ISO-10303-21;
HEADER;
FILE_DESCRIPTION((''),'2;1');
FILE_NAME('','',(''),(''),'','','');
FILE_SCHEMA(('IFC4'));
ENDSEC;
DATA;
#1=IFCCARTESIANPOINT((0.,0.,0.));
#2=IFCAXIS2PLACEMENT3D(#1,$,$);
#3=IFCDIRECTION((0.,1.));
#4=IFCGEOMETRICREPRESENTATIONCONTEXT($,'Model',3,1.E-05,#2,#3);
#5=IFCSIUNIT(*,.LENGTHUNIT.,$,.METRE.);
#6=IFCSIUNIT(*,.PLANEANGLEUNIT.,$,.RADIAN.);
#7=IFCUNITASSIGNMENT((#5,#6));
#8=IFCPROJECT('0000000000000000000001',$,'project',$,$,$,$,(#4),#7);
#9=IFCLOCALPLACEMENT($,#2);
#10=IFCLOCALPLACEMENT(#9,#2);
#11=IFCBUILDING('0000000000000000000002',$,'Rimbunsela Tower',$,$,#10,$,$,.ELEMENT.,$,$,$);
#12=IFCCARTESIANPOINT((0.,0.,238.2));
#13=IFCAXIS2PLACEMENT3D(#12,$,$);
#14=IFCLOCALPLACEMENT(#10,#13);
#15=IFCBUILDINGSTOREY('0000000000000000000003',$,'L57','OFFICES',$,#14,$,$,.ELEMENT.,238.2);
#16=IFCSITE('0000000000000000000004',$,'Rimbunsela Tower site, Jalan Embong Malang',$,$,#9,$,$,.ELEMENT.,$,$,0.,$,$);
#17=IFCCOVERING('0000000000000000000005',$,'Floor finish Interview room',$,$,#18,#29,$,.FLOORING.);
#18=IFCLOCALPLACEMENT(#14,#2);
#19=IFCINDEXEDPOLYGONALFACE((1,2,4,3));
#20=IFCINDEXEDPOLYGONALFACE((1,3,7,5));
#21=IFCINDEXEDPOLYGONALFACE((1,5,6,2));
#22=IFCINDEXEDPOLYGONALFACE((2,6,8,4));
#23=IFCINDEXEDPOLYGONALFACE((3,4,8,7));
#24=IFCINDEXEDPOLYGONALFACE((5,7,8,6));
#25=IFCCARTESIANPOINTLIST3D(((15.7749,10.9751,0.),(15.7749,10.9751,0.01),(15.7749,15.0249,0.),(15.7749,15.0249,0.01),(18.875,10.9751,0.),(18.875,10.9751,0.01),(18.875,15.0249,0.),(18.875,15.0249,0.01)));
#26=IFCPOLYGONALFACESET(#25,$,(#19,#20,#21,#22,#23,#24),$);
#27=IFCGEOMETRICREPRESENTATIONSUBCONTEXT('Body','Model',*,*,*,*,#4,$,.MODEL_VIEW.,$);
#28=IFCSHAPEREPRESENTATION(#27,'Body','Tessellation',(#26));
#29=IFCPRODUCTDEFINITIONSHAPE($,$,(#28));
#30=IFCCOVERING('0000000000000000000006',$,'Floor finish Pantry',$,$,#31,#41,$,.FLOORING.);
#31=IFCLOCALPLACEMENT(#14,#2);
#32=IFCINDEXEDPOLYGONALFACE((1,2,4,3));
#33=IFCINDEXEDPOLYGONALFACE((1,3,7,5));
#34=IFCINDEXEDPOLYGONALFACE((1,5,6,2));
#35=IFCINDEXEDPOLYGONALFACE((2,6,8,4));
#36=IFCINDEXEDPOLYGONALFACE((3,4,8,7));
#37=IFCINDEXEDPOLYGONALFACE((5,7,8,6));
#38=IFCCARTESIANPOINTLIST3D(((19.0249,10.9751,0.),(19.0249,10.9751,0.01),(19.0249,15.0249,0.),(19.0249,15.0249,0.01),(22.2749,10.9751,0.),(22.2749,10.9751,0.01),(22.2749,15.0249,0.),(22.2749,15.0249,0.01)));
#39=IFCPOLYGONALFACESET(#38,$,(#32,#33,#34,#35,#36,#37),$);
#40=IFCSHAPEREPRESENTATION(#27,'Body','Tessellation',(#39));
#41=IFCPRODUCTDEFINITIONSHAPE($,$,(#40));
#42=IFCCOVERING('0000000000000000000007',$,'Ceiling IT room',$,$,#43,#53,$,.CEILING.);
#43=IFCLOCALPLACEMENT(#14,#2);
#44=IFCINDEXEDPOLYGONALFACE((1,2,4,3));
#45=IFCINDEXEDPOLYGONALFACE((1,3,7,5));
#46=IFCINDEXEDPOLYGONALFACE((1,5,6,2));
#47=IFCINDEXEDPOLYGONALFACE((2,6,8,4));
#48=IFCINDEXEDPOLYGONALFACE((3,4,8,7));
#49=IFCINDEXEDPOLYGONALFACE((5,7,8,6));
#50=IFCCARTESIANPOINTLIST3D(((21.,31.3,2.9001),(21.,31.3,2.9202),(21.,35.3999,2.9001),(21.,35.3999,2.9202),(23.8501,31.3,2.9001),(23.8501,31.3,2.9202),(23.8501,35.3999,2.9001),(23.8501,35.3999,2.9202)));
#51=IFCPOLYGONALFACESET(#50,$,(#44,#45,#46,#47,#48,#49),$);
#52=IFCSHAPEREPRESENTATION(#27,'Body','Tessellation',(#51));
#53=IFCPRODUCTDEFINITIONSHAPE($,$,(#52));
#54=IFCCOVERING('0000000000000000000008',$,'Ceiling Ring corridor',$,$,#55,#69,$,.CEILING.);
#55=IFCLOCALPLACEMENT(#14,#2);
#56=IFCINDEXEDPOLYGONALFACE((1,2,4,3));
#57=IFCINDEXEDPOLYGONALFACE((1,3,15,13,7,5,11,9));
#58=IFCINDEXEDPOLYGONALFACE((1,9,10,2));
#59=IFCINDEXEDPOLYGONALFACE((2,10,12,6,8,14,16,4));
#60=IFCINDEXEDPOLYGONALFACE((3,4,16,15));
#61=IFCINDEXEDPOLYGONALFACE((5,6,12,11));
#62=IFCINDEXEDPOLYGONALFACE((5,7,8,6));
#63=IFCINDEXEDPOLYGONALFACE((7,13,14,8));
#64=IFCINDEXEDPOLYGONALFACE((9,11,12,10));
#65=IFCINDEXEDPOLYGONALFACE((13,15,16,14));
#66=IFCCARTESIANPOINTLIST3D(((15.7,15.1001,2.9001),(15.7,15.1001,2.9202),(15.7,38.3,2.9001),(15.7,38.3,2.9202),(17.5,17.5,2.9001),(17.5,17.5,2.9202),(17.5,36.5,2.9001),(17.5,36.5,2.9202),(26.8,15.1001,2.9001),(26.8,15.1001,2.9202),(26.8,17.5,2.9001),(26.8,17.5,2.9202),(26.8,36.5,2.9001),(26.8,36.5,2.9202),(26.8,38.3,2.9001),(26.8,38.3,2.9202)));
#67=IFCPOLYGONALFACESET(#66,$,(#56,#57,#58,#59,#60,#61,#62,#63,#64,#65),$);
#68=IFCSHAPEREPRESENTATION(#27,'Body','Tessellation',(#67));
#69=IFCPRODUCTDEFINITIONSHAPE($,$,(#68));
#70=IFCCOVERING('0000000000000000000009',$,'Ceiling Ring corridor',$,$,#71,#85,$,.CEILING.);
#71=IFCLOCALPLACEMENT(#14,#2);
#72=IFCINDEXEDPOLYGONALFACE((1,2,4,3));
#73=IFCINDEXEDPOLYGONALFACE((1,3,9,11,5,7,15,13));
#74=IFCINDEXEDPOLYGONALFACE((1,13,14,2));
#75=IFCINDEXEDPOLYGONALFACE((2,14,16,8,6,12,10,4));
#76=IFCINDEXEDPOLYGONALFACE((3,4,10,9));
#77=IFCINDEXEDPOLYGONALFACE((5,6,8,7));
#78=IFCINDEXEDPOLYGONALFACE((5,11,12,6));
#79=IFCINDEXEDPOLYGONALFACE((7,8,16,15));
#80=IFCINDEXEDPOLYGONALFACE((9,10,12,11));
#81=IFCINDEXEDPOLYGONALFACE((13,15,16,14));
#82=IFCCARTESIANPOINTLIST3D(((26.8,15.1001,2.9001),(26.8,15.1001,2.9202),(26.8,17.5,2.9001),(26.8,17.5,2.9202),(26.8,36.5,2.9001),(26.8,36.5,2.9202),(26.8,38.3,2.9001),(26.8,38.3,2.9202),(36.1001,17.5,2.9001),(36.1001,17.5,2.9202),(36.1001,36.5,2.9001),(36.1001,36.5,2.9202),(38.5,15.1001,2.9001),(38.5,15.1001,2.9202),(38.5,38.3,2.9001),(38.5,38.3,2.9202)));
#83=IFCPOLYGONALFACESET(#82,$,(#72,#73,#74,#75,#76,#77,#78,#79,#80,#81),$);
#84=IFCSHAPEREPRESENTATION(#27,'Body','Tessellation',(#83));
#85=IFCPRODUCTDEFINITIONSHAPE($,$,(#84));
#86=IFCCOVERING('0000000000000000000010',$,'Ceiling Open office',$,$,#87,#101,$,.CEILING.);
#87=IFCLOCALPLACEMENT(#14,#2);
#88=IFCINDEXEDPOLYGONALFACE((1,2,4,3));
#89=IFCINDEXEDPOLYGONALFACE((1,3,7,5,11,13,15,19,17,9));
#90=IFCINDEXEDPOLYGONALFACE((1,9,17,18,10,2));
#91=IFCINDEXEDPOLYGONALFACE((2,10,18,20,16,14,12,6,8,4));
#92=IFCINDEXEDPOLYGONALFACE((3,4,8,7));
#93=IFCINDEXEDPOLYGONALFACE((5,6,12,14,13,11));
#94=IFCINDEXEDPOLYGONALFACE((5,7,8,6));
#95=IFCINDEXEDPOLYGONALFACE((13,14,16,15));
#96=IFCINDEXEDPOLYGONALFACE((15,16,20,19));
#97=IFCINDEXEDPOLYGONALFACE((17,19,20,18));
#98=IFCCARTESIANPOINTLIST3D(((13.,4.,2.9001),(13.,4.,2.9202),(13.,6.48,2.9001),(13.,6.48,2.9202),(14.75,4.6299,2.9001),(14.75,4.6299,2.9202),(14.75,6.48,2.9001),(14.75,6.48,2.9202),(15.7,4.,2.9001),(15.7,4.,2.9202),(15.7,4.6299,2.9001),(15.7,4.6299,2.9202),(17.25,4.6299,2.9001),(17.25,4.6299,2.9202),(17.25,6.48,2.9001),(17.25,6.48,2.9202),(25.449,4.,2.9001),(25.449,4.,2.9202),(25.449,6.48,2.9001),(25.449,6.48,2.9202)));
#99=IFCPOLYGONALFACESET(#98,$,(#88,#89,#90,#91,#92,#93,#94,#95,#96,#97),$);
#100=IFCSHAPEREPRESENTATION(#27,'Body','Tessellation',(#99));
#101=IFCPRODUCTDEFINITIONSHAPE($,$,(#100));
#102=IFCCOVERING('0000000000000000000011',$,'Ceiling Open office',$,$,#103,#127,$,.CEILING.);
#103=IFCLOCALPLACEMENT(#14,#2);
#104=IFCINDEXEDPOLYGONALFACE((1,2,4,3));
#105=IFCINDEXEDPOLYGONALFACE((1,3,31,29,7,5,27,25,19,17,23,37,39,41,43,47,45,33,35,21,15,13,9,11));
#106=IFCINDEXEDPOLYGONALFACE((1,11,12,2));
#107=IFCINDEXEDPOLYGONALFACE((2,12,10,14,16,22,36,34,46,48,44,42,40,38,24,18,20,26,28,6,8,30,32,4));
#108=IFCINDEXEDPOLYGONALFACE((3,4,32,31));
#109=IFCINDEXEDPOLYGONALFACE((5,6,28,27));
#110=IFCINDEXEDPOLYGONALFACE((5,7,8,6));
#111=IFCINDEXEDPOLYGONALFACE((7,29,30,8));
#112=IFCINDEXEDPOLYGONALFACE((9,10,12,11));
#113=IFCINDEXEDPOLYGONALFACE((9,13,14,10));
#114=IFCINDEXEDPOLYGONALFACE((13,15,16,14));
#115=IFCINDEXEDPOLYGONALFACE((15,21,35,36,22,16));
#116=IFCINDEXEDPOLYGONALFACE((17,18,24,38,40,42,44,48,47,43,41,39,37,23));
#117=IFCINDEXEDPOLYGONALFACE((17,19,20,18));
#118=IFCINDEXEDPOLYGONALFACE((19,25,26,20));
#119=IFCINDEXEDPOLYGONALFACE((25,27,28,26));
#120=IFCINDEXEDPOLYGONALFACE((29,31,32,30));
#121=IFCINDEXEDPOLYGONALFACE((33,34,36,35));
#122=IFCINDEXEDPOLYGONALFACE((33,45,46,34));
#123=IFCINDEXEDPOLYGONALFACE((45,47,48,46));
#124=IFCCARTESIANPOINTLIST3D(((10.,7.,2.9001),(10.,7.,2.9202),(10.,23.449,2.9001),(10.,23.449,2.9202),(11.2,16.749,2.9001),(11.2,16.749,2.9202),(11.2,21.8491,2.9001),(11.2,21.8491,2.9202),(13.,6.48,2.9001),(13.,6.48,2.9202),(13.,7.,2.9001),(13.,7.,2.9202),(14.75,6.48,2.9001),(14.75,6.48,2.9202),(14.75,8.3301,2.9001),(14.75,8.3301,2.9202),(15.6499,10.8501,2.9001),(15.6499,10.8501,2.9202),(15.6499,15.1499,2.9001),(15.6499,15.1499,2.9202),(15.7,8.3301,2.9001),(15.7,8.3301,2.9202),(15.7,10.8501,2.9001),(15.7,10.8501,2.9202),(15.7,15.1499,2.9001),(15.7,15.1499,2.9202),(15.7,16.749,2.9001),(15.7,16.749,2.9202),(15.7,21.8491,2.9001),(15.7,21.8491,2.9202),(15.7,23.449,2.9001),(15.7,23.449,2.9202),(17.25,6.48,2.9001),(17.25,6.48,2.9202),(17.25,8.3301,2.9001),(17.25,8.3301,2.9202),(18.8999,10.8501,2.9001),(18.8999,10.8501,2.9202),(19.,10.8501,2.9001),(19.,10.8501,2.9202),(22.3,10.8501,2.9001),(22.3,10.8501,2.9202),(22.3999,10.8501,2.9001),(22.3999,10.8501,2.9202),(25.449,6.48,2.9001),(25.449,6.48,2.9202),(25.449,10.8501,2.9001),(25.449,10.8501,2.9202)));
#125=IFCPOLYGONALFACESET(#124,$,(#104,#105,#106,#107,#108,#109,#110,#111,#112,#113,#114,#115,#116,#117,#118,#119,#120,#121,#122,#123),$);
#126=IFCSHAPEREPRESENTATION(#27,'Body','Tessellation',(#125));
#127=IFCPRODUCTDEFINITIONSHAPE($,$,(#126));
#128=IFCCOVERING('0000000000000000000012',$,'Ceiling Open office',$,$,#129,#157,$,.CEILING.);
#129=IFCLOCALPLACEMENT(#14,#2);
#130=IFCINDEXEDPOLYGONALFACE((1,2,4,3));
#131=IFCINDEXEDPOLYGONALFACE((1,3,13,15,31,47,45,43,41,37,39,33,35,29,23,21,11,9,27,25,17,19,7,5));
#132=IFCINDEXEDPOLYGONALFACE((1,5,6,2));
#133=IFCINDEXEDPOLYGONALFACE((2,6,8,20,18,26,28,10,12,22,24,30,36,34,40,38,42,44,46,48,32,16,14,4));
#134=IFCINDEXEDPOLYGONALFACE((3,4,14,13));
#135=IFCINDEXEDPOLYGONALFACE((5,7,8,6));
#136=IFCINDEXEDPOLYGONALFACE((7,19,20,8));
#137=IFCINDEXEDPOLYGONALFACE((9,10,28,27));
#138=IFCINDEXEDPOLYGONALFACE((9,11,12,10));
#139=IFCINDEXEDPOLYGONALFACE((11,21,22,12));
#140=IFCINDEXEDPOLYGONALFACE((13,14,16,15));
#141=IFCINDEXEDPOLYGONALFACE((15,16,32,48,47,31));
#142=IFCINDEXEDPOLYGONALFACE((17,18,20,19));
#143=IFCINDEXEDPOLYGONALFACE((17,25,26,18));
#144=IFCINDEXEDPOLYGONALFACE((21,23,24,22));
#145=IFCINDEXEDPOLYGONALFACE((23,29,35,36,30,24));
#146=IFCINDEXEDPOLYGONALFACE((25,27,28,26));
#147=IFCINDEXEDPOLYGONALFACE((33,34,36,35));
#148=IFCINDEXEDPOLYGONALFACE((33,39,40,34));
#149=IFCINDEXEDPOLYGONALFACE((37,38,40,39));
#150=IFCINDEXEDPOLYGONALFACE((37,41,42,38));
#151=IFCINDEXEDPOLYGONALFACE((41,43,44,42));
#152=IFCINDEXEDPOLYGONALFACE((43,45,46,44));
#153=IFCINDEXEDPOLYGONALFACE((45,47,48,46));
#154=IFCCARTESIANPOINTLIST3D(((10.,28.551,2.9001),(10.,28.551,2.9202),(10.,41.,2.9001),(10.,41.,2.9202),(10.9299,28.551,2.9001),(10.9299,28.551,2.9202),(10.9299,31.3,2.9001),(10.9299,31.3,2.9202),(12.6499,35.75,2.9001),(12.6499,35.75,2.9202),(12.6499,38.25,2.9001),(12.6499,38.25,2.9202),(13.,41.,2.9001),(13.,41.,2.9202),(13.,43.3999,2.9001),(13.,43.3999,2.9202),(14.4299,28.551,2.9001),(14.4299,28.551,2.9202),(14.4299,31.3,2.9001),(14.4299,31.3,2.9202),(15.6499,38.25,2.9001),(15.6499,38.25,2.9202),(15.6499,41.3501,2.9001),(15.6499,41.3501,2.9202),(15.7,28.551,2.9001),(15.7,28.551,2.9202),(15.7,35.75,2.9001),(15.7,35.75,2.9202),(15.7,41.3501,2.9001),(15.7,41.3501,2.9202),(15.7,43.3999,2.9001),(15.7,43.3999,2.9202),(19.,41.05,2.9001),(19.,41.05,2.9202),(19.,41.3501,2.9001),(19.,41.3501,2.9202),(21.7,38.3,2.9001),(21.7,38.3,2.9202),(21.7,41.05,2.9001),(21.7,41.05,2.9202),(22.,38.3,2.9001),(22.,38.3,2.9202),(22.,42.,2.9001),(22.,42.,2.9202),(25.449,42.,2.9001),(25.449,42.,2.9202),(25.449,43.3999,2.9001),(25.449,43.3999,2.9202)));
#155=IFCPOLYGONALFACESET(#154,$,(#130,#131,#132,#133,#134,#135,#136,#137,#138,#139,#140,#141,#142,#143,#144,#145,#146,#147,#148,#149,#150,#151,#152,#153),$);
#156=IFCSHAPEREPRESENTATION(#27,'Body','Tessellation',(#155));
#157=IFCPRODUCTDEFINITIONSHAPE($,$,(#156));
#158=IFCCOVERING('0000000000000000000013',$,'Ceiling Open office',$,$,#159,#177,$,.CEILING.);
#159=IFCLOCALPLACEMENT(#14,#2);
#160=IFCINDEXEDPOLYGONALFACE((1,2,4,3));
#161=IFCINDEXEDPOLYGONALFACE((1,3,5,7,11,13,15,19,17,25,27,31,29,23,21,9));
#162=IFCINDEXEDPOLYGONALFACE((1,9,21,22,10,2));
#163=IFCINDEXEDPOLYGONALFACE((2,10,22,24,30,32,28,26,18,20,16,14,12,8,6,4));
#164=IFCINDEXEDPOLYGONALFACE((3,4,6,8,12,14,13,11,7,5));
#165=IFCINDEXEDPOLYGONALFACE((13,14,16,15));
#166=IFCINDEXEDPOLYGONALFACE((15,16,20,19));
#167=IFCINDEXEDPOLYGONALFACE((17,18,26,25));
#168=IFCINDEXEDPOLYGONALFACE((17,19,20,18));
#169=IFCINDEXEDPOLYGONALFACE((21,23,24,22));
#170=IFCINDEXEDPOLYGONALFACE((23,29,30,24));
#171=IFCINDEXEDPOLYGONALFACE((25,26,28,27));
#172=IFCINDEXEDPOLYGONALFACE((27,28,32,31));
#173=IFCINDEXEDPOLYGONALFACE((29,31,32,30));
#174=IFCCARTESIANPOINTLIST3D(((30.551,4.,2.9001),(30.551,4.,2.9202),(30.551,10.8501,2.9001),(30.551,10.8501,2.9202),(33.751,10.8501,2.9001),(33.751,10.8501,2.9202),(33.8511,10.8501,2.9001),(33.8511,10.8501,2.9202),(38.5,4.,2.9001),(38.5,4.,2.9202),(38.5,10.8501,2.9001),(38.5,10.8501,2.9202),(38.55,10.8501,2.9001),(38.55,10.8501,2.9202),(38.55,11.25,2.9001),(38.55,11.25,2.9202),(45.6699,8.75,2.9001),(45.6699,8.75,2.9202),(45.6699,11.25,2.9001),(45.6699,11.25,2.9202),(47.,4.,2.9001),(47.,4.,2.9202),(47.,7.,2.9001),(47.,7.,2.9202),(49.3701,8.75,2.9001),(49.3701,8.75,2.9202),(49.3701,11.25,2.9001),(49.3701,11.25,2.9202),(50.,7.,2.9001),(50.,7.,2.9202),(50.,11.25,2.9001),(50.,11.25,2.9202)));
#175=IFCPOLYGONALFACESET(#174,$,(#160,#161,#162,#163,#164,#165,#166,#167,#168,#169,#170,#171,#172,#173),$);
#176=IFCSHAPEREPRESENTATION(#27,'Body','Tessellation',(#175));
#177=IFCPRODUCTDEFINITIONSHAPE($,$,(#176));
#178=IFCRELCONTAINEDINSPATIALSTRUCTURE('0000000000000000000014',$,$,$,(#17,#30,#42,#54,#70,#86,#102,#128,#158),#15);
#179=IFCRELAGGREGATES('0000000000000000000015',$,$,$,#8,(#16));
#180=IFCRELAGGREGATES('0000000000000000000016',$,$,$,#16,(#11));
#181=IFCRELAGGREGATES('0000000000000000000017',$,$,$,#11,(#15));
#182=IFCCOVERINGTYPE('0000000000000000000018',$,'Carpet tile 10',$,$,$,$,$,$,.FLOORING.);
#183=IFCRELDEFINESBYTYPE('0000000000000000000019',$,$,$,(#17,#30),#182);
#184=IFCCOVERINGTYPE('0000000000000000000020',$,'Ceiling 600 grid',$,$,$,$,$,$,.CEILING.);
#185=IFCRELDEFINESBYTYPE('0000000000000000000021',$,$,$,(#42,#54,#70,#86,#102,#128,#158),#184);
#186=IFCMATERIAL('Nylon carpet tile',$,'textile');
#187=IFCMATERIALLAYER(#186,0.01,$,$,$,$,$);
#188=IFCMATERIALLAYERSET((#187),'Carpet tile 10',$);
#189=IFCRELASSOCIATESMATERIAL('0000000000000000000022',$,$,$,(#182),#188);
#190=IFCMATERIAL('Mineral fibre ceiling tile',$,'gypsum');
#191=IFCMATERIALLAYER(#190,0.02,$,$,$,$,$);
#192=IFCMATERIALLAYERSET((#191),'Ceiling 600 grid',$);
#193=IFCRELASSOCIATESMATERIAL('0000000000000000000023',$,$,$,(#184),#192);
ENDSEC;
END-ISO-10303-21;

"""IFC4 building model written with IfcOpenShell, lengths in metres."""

from ifc_helpers import new_model, si_unit, direction, frame, origin, place, context, subcontext, project, spatial, polyline, outline, extrude, material, layer, layer_set, type_object, element, save


model = new_model("IFC4")

# Units and contexts
model_context = context("Model", 3, precision=1e-05, world=origin(), true_north=direction((0.0, 1.0)))
body_context = subcontext(model_context, "Body", "Model", "MODEL_VIEW")
ifc_project = project(units=[si_unit("LENGTHUNIT", "METRE"), si_unit("PLANEANGLEUNIT", "RADIAN")], contexts=[model_context])

# Site, building, storey
site_placement = place(None, origin())
site = spatial("IfcSite", under=ifc_project, at=site_placement, Name="Rimbunsela Tower site, Jalan Embong Malang", CompositionType="ELEMENT", RefElevation=0.0)
building_placement = place(site_placement, origin())
building = spatial("IfcBuilding", under=site, at=building_placement, Name="Rimbunsela Tower", CompositionType="ELEMENT")
storey_placement = place(building_placement, frame((0.0, 0.0, 238.2)))
storey = spatial("IfcBuildingStorey", under=building, at=storey_placement, Name="L57", Description="OFFICES", CompositionType="ELEMENT", Elevation=238.2)

# Coverings
ifc_material_1 = material(Name="Nylon carpet tile", Category="textile")
ifc_layer_1 = layer(ifc_material_1, 0.01)
ifc_layer_set_1 = layer_set([ifc_layer_1], Name="Carpet tile 10")
covering_type_1 = type_object("IfcCoveringType", Name="Carpet tile 10", PredefinedType="FLOORING", material=ifc_layer_set_1)
covering_1_placement = place(storey_placement, origin())
element("IfcCovering", 1, at=covering_1_placement, inside=storey, type_object=covering_type_1, Name="Floor finish Interview room", PredefinedType="FLOORING", context=body_context, shape_type="SweptSolid", body=[
    extrude(outline(polyline([(18.875, 10.9751), (18.875, 15.0249), (15.7749, 15.0249), (15.7749, 10.9751), (18.875, 10.9751)])), origin(), (0.0, 0.0, 1.0), 0.01),
])
covering_2_placement = place(storey_placement, origin())
element("IfcCovering", 2, at=covering_2_placement, inside=storey, type_object=covering_type_1, Name="Floor finish Pantry", PredefinedType="FLOORING", context=body_context, shape_type="SweptSolid", body=[
    extrude(outline(polyline([(22.2749, 10.9751), (22.2749, 15.0249), (19.0249, 15.0249), (19.0249, 10.9751), (22.2749, 10.9751)])), origin(), (0.0, 0.0, 1.0), 0.01),
])
ifc_material_2 = material(Name="Mineral fibre ceiling tile", Category="gypsum")
ifc_layer_2 = layer(ifc_material_2, 0.02)
ifc_layer_set_2 = layer_set([ifc_layer_2], Name="Ceiling 600 grid")
covering_type_2 = type_object("IfcCoveringType", Name="Ceiling 600 grid", PredefinedType="CEILING", material=ifc_layer_set_2)
covering_3_placement = place(storey_placement, frame((0.0, 0.0, 2.9001)))
element("IfcCovering", 3, at=covering_3_placement, inside=storey, type_object=covering_type_2, Name="Ceiling IT room", PredefinedType="CEILING", context=body_context, shape_type="SweptSolid", body=[
    extrude(outline(polyline([(23.8501, 31.3), (23.8501, 35.3999), (21.0, 35.3999), (21.0, 31.3), (23.8501, 31.3)])), origin(), (0.0, 0.0, 1.0), 0.02),
])
covering_4_placement = place(storey_placement, frame((0.0, 0.0, 2.9001)))
element("IfcCovering", 4, at=covering_4_placement, inside=storey, type_object=covering_type_2, Name="Ceiling Ring corridor", PredefinedType="CEILING", context=body_context, shape_type="SweptSolid", body=[
    extrude(outline(polyline([(15.7, 38.3), (26.8, 38.3), (26.8, 36.5), (17.5, 36.5), (17.5, 17.5), (26.8, 17.5), (26.8, 15.1001), (15.7, 15.1001), (15.7, 38.3)])), origin(), (0.0, 0.0, 1.0), 0.02),
])
covering_5_placement = place(storey_placement, frame((0.0, 0.0, 2.9001)))
element("IfcCovering", 5, at=covering_5_placement, inside=storey, type_object=covering_type_2, Name="Ceiling Ring corridor", PredefinedType="CEILING", context=body_context, shape_type="SweptSolid", body=[
    extrude(outline(polyline([(38.5, 38.3), (38.5, 15.1001), (26.8, 15.1001), (26.8, 17.5), (36.1001, 17.5), (36.1001, 36.5), (26.8, 36.5), (26.8, 38.3), (38.5, 38.3)])), origin(), (0.0, 0.0, 1.0), 0.02),
])
covering_6_placement = place(storey_placement, frame((0.0, 0.0, 2.9001)))
element("IfcCovering", 6, at=covering_6_placement, inside=storey, type_object=covering_type_2, Name="Ceiling Open office", PredefinedType="CEILING", context=body_context, shape_type="SweptSolid", body=[
    extrude(outline(polyline([(25.449, 6.48), (25.449, 4.0), (15.7, 4.0), (13.0, 4.0), (13.0, 6.48), (14.75, 6.48), (14.75, 4.6299), (15.7, 4.6299), (17.25, 4.6299), (17.25, 6.48), (25.449, 6.48)])), origin(), (0.0, 0.0, 1.0), 0.02),
])
covering_7_placement = place(storey_placement, frame((0.0, 0.0, 2.9001)))
element("IfcCovering", 7, at=covering_7_placement, inside=storey, type_object=covering_type_2, Name="Ceiling Open office", PredefinedType="CEILING", context=body_context, shape_type="SweptSolid", body=[
    extrude(outline(polyline([(19.0, 10.8501), (22.3, 10.8501), (22.3999, 10.8501), (25.449, 10.8501), (25.449, 6.48), (17.25, 6.48), (17.25, 8.3301), (15.7, 8.3301), (14.75, 8.3301), (14.75, 6.48), (13.0, 6.48), (13.0, 7.0), (10.0, 7.0), (10.0, 23.449), (15.7, 23.449), (15.7, 21.8491), (11.2, 21.8491), (11.2, 16.749), (15.7, 16.749), (15.7, 15.1499), (15.6499, 15.1499), (15.6499, 10.8501), (15.7, 10.8501), (18.8999, 10.8501), (19.0, 10.8501)])), origin(), (0.0, 0.0, 1.0), 0.02),
])
covering_8_placement = place(storey_placement, frame((0.0, 0.0, 2.9001)))
element("IfcCovering", 8, at=covering_8_placement, inside=storey, type_object=covering_type_2, Name="Ceiling Open office", PredefinedType="CEILING", context=body_context, shape_type="SweptSolid", body=[
    extrude(outline(polyline([(15.6499, 38.25), (12.6499, 38.25), (12.6499, 35.75), (15.7, 35.75), (15.7, 28.551), (14.4299, 28.551), (14.4299, 31.3), (10.9299, 31.3), (10.9299, 28.551), (10.0, 28.551), (10.0, 41.0), (13.0, 41.0), (13.0, 43.3999), (15.7, 43.3999), (25.449, 43.3999), (25.449, 42.0), (22.0, 42.0), (22.0, 38.3), (21.7, 38.3), (21.7, 41.05), (19.0, 41.05), (19.0, 41.3501), (15.7, 41.3501), (15.6499, 41.3501), (15.6499, 38.25)])), origin(), (0.0, 0.0, 1.0), 0.02),
])
covering_9_placement = place(storey_placement, frame((0.0, 0.0, 2.9001)))
element("IfcCovering", 9, at=covering_9_placement, inside=storey, type_object=covering_type_2, Name="Ceiling Open office", PredefinedType="CEILING", context=body_context, shape_type="SweptSolid", body=[
    extrude(outline(polyline([(30.551, 10.8501), (33.751, 10.8501), (33.8511, 10.8501), (38.5, 10.8501), (38.55, 10.8501), (38.55, 11.25), (45.6699, 11.25), (45.6699, 8.75), (49.3701, 8.75), (49.3701, 11.25), (50.0, 11.25), (50.0, 7.0), (47.0, 7.0), (47.0, 4.0), (38.5, 4.0), (30.551, 4.0), (30.551, 10.8501)])), origin(), (0.0, 0.0, 1.0), 0.02),
])

save(model, "model.ifc")
